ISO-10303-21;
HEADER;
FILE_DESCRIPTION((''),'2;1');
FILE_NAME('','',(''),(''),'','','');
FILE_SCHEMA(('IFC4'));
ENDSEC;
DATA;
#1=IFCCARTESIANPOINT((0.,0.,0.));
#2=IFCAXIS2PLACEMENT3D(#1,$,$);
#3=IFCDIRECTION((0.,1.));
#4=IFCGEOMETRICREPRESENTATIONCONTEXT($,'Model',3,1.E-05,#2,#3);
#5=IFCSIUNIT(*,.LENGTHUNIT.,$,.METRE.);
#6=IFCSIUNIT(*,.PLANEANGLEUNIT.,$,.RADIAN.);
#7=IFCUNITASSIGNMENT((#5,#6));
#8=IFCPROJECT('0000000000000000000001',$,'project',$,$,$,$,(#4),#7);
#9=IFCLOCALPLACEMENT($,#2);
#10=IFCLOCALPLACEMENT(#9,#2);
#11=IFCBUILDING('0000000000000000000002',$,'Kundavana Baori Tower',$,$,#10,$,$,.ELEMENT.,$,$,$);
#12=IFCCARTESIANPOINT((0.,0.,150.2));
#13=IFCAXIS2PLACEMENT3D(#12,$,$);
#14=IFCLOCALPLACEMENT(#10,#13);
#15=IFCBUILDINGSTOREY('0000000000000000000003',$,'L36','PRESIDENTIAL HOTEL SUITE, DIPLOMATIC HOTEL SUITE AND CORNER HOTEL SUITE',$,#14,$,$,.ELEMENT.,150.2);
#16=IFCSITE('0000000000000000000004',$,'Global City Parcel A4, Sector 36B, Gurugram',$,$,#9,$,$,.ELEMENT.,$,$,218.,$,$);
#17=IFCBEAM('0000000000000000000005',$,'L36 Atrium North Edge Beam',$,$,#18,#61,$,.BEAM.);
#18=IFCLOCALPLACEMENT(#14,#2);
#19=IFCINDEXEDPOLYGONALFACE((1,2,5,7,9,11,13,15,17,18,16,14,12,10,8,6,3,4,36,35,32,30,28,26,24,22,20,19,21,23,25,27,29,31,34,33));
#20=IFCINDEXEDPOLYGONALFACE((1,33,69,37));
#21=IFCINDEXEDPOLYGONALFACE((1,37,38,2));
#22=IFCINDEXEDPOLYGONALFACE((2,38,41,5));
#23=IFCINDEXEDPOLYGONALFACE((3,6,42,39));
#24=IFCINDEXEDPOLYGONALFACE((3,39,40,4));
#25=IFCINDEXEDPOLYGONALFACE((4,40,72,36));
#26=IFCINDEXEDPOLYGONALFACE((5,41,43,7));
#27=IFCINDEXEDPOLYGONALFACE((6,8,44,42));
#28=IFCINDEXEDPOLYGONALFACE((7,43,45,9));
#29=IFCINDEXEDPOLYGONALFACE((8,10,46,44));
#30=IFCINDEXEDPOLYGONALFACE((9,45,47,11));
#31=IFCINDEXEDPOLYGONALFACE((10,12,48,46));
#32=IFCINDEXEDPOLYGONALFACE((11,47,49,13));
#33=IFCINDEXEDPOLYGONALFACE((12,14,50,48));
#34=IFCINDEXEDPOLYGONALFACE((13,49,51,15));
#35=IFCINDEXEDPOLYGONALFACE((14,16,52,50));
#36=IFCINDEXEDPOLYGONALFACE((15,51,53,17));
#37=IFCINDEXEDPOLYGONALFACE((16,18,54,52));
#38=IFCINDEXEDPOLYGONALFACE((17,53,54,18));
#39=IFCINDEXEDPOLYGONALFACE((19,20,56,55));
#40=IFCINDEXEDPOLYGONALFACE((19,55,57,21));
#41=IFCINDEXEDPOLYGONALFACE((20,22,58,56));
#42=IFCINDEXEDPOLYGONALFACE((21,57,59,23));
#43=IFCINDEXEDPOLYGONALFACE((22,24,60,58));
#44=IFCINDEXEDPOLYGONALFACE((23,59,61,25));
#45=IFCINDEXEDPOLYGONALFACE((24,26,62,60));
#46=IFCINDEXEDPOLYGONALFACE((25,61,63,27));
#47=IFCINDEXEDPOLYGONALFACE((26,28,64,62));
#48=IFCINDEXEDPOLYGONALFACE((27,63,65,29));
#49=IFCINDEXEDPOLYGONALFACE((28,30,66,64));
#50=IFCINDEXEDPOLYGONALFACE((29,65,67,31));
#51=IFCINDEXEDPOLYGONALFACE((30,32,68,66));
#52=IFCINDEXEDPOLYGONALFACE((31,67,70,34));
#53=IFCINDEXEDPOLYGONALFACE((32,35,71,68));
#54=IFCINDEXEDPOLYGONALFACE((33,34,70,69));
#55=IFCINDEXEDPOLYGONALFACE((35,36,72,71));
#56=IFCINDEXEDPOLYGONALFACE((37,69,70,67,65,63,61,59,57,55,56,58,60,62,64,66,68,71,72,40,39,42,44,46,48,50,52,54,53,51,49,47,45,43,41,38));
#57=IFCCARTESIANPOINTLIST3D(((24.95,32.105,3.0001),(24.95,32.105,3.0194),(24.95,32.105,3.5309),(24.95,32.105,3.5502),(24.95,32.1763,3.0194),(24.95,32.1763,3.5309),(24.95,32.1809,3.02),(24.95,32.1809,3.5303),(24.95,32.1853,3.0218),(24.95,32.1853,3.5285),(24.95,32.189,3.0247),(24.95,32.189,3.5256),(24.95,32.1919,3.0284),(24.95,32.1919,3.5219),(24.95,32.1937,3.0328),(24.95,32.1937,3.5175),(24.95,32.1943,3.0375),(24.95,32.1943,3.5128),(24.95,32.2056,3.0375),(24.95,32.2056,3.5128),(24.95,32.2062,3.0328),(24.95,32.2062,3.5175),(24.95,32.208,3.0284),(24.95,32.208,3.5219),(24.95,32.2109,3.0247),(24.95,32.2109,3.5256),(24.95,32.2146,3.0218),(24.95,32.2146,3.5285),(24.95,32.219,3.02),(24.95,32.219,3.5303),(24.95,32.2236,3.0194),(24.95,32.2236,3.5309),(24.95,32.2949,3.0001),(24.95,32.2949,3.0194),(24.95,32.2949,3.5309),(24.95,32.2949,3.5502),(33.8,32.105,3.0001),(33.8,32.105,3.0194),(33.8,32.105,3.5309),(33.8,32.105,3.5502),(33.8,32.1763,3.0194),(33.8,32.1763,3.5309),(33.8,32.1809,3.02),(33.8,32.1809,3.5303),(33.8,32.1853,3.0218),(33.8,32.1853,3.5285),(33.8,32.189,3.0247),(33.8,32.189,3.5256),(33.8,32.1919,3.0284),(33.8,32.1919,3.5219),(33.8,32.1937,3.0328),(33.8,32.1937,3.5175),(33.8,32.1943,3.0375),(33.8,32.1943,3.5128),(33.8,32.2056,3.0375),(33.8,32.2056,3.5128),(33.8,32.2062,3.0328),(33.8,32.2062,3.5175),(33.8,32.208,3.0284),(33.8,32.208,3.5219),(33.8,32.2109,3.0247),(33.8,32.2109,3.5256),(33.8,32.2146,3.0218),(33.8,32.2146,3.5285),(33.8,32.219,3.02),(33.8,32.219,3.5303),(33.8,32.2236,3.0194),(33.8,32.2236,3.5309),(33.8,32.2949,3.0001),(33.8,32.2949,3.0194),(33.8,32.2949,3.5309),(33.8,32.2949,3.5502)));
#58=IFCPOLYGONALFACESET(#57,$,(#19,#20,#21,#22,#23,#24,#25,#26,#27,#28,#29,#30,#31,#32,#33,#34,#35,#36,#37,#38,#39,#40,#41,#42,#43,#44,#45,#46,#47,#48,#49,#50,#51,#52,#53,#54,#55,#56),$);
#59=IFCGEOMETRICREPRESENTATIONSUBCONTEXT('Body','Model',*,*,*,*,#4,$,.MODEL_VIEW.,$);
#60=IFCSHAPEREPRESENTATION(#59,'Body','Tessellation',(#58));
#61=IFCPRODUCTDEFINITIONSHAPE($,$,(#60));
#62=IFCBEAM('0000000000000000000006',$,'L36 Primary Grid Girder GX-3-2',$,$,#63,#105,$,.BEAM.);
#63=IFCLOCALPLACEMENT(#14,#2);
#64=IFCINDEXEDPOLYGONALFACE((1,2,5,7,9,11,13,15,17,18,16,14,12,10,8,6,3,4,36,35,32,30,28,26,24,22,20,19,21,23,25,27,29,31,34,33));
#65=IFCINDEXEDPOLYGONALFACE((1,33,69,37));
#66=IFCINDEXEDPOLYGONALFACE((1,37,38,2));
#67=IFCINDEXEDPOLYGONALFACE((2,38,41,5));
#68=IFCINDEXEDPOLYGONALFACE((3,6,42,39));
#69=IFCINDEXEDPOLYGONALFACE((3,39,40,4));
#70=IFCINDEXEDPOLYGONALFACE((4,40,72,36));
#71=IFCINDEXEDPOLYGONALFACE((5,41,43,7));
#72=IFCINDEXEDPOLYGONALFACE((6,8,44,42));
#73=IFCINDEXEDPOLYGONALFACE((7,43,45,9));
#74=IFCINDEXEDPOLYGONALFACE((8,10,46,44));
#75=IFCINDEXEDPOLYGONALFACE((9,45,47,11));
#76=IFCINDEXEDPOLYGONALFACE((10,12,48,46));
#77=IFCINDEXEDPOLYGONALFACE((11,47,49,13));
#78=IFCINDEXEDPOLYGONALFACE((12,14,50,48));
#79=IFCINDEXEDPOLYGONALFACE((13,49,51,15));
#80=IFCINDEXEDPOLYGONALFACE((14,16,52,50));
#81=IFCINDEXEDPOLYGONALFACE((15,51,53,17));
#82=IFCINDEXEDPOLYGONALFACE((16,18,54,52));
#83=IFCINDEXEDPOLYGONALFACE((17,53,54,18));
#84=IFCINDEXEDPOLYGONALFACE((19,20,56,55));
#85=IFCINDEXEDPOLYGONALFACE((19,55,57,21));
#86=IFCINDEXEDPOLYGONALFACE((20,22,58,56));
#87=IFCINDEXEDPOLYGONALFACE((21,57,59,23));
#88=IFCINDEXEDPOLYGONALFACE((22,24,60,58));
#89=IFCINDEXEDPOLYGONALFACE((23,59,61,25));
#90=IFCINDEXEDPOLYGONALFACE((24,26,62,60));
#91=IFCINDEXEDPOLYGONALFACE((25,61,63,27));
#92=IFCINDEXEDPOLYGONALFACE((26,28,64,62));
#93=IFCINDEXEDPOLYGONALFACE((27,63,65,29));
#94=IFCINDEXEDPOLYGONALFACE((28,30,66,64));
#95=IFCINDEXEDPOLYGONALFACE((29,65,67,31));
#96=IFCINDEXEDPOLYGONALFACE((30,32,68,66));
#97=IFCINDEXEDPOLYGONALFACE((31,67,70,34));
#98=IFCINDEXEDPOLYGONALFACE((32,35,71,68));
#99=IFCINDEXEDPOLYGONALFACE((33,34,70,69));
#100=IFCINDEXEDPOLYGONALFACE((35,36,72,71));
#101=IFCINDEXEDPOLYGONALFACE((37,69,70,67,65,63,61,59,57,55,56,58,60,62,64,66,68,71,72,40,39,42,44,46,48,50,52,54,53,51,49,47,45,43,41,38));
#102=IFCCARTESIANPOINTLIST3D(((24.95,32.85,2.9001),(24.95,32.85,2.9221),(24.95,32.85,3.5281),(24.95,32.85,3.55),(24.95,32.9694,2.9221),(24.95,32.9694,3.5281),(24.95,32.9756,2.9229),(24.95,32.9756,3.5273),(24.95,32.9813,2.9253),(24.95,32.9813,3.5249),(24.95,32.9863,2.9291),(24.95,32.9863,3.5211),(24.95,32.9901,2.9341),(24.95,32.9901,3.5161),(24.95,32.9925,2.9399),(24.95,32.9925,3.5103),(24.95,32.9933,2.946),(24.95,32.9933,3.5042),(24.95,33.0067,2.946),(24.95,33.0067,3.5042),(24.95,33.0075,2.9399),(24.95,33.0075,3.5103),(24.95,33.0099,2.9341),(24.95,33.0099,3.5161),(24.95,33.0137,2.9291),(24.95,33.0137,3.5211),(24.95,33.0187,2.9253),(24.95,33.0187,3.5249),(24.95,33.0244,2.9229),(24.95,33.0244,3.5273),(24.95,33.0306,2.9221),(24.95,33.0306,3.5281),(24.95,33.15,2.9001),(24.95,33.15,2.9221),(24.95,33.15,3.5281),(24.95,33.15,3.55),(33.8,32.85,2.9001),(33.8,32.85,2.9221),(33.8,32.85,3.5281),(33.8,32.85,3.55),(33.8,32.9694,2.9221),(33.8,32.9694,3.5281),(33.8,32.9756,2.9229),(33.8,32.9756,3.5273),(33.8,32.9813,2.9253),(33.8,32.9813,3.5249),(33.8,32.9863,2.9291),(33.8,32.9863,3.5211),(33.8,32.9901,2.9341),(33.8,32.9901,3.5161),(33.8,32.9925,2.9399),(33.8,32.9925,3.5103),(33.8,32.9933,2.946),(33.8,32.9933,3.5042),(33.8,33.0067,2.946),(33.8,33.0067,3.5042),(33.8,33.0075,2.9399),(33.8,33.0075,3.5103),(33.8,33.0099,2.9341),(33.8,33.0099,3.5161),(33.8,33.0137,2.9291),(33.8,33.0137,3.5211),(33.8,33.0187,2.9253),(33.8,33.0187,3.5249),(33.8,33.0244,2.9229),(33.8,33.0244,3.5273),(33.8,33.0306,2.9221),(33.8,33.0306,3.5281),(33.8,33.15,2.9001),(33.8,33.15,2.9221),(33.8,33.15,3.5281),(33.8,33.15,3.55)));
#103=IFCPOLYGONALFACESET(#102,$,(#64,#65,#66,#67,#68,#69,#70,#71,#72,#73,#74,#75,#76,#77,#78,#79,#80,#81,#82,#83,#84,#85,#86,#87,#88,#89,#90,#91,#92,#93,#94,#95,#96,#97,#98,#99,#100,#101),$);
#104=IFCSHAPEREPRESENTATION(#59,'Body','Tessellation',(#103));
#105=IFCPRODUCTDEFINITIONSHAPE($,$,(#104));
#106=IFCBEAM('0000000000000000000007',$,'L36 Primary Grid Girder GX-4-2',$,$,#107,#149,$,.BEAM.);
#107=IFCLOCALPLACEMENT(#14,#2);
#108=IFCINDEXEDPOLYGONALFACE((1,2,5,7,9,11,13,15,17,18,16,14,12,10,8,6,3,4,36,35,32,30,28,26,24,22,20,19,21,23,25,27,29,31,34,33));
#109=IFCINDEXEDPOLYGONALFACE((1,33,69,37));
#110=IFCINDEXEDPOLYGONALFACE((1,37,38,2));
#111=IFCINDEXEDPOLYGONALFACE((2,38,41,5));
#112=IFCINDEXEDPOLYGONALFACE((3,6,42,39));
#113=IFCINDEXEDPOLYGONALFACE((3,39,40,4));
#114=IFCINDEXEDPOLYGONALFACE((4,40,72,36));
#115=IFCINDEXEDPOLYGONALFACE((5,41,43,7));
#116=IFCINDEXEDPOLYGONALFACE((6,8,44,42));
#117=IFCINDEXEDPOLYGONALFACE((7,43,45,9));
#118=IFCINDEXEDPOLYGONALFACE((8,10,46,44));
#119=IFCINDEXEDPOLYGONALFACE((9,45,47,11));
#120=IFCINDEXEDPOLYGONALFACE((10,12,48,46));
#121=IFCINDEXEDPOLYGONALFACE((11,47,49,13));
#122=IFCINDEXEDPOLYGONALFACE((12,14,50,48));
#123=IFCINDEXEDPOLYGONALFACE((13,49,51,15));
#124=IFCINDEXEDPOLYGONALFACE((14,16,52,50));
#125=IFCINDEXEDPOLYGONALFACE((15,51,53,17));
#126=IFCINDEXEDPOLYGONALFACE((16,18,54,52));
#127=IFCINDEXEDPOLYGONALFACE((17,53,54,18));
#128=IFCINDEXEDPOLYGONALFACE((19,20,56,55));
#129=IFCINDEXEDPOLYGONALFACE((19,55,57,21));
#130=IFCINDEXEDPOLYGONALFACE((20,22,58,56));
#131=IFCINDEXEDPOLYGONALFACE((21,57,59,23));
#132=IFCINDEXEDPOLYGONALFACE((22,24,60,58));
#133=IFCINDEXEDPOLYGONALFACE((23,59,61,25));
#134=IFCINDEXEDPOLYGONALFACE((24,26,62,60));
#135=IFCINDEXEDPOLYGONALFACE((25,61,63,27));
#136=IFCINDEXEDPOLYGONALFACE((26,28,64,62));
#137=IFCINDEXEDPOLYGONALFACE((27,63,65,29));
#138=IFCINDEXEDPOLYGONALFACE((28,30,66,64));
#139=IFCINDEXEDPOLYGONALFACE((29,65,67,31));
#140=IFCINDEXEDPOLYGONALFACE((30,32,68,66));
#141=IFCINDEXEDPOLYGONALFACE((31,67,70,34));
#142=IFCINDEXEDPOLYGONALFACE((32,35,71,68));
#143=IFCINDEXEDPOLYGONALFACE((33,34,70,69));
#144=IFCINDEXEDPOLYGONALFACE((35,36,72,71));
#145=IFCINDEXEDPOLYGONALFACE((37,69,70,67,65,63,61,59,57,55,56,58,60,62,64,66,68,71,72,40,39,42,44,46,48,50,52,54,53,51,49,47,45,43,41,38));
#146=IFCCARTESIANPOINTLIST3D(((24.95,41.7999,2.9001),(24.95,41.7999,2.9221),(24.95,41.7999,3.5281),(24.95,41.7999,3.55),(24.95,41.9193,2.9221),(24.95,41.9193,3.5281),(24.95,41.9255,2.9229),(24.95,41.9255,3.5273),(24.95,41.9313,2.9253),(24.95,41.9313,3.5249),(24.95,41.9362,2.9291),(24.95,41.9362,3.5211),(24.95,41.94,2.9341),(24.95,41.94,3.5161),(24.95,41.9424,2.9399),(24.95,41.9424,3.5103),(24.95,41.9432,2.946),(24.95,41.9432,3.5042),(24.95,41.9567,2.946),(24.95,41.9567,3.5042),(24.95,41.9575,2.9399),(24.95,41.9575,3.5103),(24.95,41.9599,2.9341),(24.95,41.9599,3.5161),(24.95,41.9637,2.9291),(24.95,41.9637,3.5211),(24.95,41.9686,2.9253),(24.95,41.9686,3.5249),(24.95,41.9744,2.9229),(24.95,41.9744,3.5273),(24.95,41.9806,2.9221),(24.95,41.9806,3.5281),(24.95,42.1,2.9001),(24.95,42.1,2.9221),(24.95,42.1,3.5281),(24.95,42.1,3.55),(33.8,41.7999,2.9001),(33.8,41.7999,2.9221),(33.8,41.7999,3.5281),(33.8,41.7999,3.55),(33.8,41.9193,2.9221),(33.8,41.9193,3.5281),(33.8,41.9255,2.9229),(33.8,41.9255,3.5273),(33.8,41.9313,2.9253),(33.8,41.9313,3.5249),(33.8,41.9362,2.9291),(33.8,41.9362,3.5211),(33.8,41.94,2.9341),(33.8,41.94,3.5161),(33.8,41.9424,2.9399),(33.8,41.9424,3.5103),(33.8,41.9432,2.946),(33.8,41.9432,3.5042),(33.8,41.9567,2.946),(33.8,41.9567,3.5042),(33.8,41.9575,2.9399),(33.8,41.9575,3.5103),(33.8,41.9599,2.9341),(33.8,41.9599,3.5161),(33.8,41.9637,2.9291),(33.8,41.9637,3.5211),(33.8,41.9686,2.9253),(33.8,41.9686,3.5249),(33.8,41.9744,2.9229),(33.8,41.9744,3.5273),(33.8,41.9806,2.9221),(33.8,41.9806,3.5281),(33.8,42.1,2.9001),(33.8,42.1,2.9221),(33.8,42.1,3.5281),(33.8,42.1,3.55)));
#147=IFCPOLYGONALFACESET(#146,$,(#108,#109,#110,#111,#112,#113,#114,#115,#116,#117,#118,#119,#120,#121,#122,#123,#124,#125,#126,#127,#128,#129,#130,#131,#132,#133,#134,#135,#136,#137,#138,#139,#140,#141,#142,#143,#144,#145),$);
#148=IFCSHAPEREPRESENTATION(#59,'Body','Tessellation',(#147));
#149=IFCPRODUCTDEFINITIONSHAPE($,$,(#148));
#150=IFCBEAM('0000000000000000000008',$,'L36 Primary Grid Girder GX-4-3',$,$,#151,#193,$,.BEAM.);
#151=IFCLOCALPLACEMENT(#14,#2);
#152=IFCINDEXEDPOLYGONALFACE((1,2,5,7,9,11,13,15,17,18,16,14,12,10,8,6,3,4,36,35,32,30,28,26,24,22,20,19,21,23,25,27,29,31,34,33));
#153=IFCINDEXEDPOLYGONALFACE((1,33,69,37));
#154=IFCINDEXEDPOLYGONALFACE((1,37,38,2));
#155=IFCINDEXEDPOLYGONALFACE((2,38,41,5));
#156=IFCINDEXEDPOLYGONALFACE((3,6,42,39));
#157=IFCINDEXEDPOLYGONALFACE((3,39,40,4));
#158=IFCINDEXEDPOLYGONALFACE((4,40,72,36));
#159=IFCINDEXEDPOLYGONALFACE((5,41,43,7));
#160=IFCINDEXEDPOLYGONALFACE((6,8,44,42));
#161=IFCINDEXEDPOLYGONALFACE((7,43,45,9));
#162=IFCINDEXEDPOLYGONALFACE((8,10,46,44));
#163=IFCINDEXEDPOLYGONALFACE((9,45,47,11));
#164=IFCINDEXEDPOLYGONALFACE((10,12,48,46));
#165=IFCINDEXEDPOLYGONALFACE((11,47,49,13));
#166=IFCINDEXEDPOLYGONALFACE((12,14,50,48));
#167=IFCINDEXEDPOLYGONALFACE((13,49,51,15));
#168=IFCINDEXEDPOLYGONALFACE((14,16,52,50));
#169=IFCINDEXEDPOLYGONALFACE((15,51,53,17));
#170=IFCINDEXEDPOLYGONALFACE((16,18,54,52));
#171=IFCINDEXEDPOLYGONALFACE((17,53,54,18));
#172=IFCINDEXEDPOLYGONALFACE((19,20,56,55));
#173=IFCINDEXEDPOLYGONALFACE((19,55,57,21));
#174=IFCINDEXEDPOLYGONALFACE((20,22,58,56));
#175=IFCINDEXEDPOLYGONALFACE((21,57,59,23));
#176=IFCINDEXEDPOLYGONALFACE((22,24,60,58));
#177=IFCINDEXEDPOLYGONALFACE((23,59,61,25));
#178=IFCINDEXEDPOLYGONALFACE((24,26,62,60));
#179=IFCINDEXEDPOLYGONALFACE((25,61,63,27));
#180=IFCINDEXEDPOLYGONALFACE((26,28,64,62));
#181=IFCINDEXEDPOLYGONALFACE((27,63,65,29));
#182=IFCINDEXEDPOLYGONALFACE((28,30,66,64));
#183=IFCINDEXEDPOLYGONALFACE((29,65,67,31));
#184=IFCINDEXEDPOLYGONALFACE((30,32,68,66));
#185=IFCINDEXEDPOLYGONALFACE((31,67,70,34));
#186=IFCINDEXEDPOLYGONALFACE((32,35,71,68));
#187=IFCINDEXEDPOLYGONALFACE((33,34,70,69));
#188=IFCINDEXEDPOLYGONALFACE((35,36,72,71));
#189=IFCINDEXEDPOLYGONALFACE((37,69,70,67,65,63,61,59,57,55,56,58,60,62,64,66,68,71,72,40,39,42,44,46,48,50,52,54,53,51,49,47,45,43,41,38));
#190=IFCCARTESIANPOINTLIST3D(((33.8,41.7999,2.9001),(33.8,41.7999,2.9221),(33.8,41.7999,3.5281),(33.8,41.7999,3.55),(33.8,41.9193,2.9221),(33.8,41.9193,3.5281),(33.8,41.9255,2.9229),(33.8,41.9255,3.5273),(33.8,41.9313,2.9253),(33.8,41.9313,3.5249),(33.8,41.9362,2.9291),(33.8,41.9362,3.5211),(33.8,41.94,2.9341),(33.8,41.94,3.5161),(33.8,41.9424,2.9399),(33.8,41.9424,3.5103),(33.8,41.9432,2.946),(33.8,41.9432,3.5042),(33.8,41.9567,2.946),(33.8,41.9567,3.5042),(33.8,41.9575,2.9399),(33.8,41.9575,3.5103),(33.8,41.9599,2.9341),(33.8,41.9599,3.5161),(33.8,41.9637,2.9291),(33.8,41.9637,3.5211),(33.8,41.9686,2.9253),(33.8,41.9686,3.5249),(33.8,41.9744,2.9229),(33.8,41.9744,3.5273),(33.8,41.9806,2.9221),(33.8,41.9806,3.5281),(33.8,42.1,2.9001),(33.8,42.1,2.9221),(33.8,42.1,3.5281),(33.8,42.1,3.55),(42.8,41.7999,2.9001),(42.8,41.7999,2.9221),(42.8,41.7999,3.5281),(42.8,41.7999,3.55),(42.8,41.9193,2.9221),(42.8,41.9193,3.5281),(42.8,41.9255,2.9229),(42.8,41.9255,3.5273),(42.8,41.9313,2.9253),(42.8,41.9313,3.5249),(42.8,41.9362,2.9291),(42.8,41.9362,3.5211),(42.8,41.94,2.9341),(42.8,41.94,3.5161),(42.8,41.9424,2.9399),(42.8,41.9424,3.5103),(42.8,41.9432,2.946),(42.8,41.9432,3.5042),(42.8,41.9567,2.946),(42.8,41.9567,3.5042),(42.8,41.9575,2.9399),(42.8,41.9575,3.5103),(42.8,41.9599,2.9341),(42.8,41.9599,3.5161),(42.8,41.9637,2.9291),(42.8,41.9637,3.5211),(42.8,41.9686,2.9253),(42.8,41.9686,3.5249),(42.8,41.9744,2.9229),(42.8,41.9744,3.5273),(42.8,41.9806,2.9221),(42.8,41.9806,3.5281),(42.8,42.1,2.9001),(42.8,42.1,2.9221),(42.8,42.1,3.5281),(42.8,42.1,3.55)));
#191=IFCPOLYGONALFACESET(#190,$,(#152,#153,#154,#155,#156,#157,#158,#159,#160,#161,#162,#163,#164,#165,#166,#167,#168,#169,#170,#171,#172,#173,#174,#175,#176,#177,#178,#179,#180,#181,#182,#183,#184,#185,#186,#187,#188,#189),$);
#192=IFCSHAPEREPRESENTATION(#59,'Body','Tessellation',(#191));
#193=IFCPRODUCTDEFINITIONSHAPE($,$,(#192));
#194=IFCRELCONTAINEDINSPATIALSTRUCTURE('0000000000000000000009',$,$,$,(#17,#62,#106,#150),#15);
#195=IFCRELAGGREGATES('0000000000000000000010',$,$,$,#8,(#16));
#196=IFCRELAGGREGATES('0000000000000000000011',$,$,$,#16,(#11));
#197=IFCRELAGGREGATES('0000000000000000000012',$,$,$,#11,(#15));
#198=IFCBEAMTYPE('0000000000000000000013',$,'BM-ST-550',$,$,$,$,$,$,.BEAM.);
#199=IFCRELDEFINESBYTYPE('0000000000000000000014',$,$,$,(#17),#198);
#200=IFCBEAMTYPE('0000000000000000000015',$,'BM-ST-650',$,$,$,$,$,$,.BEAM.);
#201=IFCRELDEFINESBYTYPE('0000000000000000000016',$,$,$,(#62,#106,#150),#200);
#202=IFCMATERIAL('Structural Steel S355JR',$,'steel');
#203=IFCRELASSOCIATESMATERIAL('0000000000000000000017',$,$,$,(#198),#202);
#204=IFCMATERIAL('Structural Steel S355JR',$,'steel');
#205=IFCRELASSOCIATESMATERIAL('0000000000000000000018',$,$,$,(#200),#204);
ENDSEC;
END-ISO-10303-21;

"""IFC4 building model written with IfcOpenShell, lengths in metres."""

from ifc_helpers import new_model, si_unit, direction, frame, origin, origin_2d, place, context, subcontext, project, spatial, i_section, extrude, material, material_profile, profile_set, type_object, element, save


model = new_model("IFC4")

# Units and contexts
model_context = context("Model", 3, precision=1e-05, world=origin(), true_north=direction((0.0, 1.0)))
body_context = subcontext(model_context, "Body", "Model", "MODEL_VIEW")
ifc_project = project(units=[si_unit("LENGTHUNIT", "METRE"), si_unit("PLANEANGLEUNIT", "RADIAN")], contexts=[model_context])

# Site, building, storey
site_placement = place(None, origin())
site = spatial("IfcSite", under=ifc_project, at=site_placement, Name="Global City Parcel A4, Sector 36B, Gurugram", CompositionType="ELEMENT", RefElevation=218.0)
building_placement = place(site_placement, origin())
building = spatial("IfcBuilding", under=site, at=building_placement, Name="Kundavana Baori Tower", CompositionType="ELEMENT")
storey_placement = place(building_placement, frame((0.0, 0.0, 150.2)))
storey = spatial("IfcBuildingStorey", under=building, at=storey_placement, Name="L36", Description="PRESIDENTIAL HOTEL SUITE, DIPLOMATIC HOTEL SUITE AND CORNER HOTEL SUITE", CompositionType="ELEMENT", Elevation=150.2)

# Beams
ifc_material_1 = material(Name="Structural Steel S355JR", Category="steel")
ifc_material_profile_1 = material_profile(ifc_material_1, i_section(OverallWidth=0.1899, OverallDepth=0.55, WebThickness=0.0112, FlangeThickness=0.0193, FilletRadius=0.0181, at=origin_2d()), Name="ISMB 550")
ifc_profile_set_1 = profile_set([ifc_material_profile_1], Name="Structural Steel S355JR")
beam_type_1 = type_object("IfcBeamType", Name="BM-ST-550", PredefinedType="BEAM", material=ifc_profile_set_1)
beam_1_placement = place(storey_placement, frame((24.95, 32.2, 3.2751), z_axis=(1.0, 0.0, 0.0), x_axis=(0.0, 1.0, 0.0)))
element("IfcBeam", 1, at=beam_1_placement, inside=storey, type_object=beam_type_1, Name="L36 Atrium North Edge Beam", PredefinedType="BEAM", context=body_context, shape_type="SweptSolid", body=[
    extrude(i_section(OverallWidth=0.1899, OverallDepth=0.55, WebThickness=0.0112, FlangeThickness=0.0193, FilletRadius=0.0181, at=origin_2d()), origin(), (0.0, 0.0, 1.0), 8.8501),
])
ifc_material_2 = material(Name="Structural Steel S355JR", Category="steel")
ifc_material_profile_2 = material_profile(ifc_material_2, i_section(OverallWidth=0.3, OverallDepth=0.6499, WebThickness=0.0134, FlangeThickness=0.022, FilletRadius=0.0239, at=origin_2d()), Name="NPB 650x300x155")
ifc_profile_set_2 = profile_set([ifc_material_profile_2], Name="Structural Steel S355JR")
beam_type_2 = type_object("IfcBeamType", Name="BM-ST-650", PredefinedType="BEAM", material=ifc_profile_set_2)
for number, where, z_axis, x_axis, name in (
    (2, (24.95, 33.0, 3.2251), (1.0, 0.0, 0.0), (0.0, 1.0, 0.0), "L36 Primary Grid Girder GX-3-2"),
    (3, (24.95, 41.95, 3.2251), (1.0, 0.0, 0.0), (0.0, 1.0, 0.0), "L36 Primary Grid Girder GX-4-2"),
):
    element("IfcBeam", number, at=place(storey_placement, frame(where, z_axis=z_axis, x_axis=x_axis)), inside=storey, type_object=beam_type_2, Name=name, PredefinedType="BEAM", context=body_context, shape_type="SweptSolid", body=[
        extrude(i_section(OverallWidth=0.3, OverallDepth=0.6499, WebThickness=0.0134, FlangeThickness=0.022, FilletRadius=0.0239, at=origin_2d()), origin(), (0.0, 0.0, 1.0), 8.8501),
    ])
beam_2_placement = place(storey_placement, frame((33.8, 41.95, 3.2251), z_axis=(1.0, 0.0, 0.0), x_axis=(0.0, 1.0, 0.0)))
element("IfcBeam", 4, at=beam_2_placement, inside=storey, type_object=beam_type_2, Name="L36 Primary Grid Girder GX-4-3", PredefinedType="BEAM", context=body_context, shape_type="SweptSolid", body=[
    extrude(i_section(OverallWidth=0.3, OverallDepth=0.6499, WebThickness=0.0134, FlangeThickness=0.022, FilletRadius=0.0239, at=origin_2d()), origin(), (0.0, 0.0, 1.0), 9.0),
])

save(model, "model.ifc")
